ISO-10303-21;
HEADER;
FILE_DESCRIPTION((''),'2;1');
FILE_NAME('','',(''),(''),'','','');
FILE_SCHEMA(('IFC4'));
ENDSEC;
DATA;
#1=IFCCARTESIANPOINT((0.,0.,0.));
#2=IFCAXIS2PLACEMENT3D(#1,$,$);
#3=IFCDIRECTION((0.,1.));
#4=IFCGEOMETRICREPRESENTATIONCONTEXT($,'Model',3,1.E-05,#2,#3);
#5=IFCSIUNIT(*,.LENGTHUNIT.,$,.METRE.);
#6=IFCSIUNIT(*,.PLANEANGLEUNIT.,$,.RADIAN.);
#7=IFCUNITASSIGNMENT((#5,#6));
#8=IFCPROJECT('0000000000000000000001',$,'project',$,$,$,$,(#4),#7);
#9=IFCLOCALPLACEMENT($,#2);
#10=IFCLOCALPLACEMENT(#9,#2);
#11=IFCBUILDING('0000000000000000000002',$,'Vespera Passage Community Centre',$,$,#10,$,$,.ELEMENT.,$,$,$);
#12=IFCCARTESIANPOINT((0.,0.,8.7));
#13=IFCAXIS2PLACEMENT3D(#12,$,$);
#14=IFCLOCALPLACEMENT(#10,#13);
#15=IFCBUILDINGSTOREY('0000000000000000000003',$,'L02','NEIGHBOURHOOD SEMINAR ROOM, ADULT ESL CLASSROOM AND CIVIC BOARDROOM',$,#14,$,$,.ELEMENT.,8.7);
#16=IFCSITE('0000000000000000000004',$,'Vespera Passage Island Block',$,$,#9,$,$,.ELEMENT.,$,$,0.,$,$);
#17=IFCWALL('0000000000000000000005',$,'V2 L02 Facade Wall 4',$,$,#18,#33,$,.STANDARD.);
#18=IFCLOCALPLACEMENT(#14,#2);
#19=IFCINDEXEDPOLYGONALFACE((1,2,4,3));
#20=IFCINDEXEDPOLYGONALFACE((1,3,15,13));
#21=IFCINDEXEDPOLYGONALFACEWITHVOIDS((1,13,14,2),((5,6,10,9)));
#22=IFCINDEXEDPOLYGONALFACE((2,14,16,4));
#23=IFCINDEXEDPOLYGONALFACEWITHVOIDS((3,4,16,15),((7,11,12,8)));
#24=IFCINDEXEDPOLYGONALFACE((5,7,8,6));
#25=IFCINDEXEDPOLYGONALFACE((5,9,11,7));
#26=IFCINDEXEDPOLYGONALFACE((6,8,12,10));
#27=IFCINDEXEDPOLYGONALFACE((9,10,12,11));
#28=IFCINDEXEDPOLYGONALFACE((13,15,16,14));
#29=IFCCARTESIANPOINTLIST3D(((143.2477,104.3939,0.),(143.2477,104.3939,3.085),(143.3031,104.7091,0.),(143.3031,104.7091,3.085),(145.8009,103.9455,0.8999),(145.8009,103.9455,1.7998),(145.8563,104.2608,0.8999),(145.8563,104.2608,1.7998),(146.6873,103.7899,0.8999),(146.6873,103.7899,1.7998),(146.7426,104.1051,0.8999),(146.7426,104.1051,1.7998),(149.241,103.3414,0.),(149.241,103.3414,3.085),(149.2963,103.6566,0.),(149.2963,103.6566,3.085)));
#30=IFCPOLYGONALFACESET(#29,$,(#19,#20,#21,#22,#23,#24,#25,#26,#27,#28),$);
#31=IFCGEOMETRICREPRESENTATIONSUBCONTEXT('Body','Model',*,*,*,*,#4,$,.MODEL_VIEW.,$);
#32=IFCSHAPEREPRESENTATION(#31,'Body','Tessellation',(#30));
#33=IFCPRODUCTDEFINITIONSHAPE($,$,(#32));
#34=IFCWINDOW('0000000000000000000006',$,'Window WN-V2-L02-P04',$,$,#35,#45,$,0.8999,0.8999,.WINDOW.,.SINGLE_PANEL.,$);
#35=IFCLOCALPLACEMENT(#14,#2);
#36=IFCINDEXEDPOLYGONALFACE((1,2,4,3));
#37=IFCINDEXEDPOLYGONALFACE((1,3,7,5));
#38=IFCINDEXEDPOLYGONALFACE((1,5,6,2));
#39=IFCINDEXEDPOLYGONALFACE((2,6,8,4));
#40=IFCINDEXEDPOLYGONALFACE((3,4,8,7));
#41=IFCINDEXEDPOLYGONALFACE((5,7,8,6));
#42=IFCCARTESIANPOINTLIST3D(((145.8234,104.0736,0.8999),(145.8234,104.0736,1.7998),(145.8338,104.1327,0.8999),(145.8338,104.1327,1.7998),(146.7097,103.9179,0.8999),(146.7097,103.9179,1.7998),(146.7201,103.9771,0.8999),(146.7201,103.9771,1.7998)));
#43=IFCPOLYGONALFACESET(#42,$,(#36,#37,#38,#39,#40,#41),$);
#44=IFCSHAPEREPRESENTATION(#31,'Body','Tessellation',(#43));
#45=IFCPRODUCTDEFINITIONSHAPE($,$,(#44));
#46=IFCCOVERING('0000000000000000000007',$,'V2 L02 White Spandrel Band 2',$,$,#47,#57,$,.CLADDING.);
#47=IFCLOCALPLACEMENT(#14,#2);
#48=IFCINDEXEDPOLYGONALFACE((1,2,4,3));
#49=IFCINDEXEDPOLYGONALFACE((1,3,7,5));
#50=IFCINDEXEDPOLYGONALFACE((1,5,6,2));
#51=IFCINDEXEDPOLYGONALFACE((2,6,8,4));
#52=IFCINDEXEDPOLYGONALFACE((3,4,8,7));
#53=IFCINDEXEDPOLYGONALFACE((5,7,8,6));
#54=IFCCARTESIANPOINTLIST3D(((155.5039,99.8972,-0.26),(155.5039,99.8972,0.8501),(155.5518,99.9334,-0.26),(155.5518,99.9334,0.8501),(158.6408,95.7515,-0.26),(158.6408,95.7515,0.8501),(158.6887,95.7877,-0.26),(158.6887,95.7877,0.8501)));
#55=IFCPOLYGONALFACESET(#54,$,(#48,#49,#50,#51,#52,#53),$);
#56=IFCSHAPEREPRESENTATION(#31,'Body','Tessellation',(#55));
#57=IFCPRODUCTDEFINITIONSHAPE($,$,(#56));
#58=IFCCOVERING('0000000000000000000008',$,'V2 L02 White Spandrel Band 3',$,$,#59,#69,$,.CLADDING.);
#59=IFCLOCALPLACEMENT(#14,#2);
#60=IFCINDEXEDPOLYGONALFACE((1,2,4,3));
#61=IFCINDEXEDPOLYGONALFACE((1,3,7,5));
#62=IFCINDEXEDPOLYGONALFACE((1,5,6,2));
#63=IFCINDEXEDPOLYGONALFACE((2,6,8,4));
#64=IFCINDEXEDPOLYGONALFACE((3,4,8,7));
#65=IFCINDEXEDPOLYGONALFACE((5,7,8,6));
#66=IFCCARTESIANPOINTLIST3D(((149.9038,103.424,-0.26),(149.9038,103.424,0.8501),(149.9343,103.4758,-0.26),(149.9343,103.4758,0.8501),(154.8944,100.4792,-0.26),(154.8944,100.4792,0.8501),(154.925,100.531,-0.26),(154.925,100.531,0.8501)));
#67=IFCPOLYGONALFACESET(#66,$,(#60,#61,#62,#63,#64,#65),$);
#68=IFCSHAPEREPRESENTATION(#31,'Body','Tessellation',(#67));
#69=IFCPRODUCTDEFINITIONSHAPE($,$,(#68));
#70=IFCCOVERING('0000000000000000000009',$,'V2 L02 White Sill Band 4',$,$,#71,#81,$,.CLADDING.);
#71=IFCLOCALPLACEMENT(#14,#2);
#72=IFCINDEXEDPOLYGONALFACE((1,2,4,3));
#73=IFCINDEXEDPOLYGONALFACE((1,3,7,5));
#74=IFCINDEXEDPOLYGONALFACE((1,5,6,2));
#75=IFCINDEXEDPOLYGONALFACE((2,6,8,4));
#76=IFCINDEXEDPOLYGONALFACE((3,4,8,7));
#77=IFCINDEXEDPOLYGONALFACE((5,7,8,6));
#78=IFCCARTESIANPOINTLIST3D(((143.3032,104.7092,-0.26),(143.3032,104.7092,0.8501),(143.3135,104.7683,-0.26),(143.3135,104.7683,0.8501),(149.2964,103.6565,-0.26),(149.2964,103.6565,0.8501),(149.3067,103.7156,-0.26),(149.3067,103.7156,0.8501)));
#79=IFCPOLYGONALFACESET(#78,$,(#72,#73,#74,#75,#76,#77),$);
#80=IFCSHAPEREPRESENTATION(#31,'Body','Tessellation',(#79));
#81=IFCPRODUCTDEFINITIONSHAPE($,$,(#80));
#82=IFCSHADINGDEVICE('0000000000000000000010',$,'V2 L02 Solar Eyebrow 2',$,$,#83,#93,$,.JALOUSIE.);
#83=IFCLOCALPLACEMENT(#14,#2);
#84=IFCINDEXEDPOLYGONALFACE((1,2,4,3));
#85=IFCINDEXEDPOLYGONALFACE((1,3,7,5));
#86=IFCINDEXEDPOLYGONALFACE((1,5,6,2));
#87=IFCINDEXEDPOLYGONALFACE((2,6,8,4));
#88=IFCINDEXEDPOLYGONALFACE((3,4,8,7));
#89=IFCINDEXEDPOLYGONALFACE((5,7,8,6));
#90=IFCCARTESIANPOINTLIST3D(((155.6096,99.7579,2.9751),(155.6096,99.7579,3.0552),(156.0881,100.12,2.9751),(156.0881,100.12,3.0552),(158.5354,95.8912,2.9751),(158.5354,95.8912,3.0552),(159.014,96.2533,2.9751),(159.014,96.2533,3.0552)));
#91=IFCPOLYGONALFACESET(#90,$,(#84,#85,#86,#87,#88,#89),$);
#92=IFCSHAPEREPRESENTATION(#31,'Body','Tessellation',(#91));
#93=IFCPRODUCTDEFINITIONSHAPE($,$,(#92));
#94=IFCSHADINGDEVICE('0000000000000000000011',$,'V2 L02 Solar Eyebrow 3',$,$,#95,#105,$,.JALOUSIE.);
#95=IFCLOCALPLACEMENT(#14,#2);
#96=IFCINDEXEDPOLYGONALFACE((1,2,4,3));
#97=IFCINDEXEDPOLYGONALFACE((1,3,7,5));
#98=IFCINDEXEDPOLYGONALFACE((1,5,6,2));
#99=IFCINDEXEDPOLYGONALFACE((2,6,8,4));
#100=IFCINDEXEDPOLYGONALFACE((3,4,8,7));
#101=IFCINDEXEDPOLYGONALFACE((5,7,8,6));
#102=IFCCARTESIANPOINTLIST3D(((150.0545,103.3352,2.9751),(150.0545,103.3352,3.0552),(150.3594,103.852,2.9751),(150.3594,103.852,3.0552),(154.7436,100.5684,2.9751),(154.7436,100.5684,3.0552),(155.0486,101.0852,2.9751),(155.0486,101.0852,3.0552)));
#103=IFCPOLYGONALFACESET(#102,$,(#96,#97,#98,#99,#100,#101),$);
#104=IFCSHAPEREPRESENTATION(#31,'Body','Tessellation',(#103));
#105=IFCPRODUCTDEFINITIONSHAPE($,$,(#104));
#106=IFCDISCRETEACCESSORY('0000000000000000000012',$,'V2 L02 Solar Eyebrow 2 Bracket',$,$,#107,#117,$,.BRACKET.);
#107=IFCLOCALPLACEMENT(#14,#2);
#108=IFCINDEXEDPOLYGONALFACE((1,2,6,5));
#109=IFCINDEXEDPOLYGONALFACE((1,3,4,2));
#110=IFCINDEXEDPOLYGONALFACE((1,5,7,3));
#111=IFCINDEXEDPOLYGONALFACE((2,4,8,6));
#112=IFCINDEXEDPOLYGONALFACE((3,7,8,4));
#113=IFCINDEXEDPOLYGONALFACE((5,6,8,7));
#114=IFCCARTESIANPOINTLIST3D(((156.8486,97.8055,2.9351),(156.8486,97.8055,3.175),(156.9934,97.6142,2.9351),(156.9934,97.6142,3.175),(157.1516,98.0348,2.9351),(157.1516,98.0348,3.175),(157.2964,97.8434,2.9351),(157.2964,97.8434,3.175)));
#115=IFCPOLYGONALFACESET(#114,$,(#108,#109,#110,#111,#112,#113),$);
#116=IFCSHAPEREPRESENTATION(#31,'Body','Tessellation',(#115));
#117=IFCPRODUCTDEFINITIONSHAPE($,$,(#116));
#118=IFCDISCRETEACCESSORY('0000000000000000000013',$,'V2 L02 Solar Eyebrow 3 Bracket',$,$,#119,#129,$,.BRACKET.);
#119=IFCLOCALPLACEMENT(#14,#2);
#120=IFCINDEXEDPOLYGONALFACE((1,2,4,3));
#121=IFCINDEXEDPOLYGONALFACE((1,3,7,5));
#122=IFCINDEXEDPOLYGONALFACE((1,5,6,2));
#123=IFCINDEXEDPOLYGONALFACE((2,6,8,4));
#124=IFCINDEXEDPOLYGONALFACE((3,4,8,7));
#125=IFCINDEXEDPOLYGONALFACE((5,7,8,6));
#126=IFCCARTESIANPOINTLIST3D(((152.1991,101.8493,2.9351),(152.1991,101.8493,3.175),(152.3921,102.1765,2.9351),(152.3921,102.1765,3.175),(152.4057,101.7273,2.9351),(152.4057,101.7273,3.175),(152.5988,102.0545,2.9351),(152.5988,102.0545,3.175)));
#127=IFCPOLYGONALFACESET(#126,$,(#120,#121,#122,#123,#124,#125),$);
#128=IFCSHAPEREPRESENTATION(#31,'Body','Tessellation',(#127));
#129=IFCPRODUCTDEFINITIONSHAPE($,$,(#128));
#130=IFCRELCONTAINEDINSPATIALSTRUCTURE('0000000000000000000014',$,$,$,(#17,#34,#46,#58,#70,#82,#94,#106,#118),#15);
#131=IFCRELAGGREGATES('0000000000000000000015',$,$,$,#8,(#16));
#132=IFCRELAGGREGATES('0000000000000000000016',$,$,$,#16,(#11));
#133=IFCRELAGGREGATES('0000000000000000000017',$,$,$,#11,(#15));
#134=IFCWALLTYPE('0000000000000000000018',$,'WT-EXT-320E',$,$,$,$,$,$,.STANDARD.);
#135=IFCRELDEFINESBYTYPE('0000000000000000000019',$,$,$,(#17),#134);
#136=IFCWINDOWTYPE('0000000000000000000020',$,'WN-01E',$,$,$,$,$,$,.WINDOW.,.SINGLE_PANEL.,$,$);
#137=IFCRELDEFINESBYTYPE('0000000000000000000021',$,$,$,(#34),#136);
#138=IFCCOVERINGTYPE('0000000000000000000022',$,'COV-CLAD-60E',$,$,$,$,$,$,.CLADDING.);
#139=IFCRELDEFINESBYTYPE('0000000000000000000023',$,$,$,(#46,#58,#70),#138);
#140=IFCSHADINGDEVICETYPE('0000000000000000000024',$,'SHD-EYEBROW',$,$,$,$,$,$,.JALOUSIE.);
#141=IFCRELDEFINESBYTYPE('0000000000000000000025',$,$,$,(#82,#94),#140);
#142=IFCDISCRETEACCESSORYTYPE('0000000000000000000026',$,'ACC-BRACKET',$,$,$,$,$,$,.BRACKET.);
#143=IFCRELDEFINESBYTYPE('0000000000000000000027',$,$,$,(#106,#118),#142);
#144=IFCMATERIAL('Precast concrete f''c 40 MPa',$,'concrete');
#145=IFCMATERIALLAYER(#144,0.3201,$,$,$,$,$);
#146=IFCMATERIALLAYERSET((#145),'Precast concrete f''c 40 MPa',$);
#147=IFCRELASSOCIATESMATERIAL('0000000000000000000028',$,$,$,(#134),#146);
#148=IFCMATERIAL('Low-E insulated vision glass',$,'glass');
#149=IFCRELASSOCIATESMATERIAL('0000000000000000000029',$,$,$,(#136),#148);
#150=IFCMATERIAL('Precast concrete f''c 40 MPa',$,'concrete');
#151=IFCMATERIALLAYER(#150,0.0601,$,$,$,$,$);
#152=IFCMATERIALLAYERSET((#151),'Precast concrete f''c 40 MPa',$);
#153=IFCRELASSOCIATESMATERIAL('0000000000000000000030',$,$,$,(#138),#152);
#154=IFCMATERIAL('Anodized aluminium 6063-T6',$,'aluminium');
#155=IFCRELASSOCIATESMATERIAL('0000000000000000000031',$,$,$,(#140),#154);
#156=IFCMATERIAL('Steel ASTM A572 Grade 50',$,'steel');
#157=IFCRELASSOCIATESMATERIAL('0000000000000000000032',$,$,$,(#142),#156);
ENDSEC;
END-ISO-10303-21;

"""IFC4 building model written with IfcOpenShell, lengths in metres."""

from ifc_helpers import new_model, si_unit, direction, frame, frame_2d, origin, origin_2d, place, context, subcontext, project, spatial, rectangle, extrude, material, layer, layer_set, type_object, element, fill, save


model = new_model("IFC4")

# Units and contexts
model_context = context("Model", 3, precision=1e-05, world=origin(), true_north=direction((0.0, 1.0)))
body_context = subcontext(model_context, "Body", "Model", "MODEL_VIEW")
ifc_project = project(units=[si_unit("LENGTHUNIT", "METRE"), si_unit("PLANEANGLEUNIT", "RADIAN")], contexts=[model_context])

# Site, building, storey
site_placement = place(None, origin())
site = spatial("IfcSite", under=ifc_project, at=site_placement, Name="Vespera Passage Island Block", CompositionType="ELEMENT", RefElevation=0.0)
building_placement = place(site_placement, origin())
building = spatial("IfcBuilding", under=site, at=building_placement, Name="Vespera Passage Community Centre", CompositionType="ELEMENT")
storey_placement = place(building_placement, frame((0.0, 0.0, 8.7)))
storey = spatial("IfcBuildingStorey", under=building, at=storey_placement, Name="L02", Description="NEIGHBOURHOOD SEMINAR ROOM, ADULT ESL CLASSROOM AND CIVIC BOARDROOM", CompositionType="ELEMENT", Elevation=8.7)

# Shared definitions
ifc_material_1 = material(Name="Precast concrete f'c 40 MPa", Category="concrete")
ifc_layer_1 = layer(ifc_material_1, 0.3201)
ifc_layer_set_1 = layer_set([ifc_layer_1], Name="Precast concrete f'c 40 MPa")
wall_type_1 = type_object("IfcWallType", Name="WT-EXT-320E", PredefinedType="STANDARD", material=ifc_layer_set_1)

# Wall, opening, window
wall_1_placement = place(storey_placement, frame((143.2754, 104.5515, 0.0), z_axis=(0.0, 0.0, 1.0), x_axis=(0.984927, -0.172968, 0.0)))
wall_1 = element("IfcWall", 1, at=wall_1_placement, inside=storey, type_object=wall_type_1, Name="V2 L02 Facade Wall 4", PredefinedType="STANDARD", context=body_context, shape_type="SweptSolid", body=[
    extrude(rectangle(XDim=6.085, YDim=0.3201, at=frame_2d((3.0425, 0.0))), origin(), (0.0, 0.0, 1.0), 3.085),
])
opening_placement = place(wall_1_placement, frame((2.5923, 0.0, 0.8999)))
opening = element("IfcOpeningElement", 2, at=opening_placement, cuts=wall_1, PredefinedType="OPENING", context=body_context, shape_type="SweptSolid", body=[
    extrude(rectangle(XDim=0.8999, YDim=0.8999, at=frame_2d((0.45, 0.45))), frame((0.0, 0.1702, 0.0), z_axis=(0.0, -1.0, 0.0), x_axis=(1.0, 0.0, 0.0)), (0.0, 0.0, 1.0), 0.3401),
])
ifc_material_2 = material(Name="Low-E insulated vision glass", Category="glass")
window_type = type_object("IfcWindowType", Name="WN-01E", PartitioningType="SINGLE_PANEL", PredefinedType="WINDOW", material=ifc_material_2)
window_placement = place(opening_placement, origin())
window = element("IfcWindow", 3, at=window_placement, inside=storey, type_object=window_type, Name="Window WN-V2-L02-P04", OverallHeight=0.8999, OverallWidth=0.8999, PartitioningType="SINGLE_PANEL", PredefinedType="WINDOW", context=body_context, shape_type="SweptSolid", body=[
    extrude(rectangle(XDim=0.8999, YDim=0.8999, at=frame_2d((0.45, 0.45))), frame((0.0, 0.03, 0.0), z_axis=(0.0, -1.0, 0.0), x_axis=(1.0, 0.0, 0.0)), (0.0, 0.0, 1.0), 0.0601),
])
fill(opening, window)

# Coverings
ifc_material_3 = material(Name="Precast concrete f'c 40 MPa", Category="concrete")
ifc_layer_2 = layer(ifc_material_3, 0.0601)
ifc_layer_set_2 = layer_set([ifc_layer_2], Name="Precast concrete f'c 40 MPa")
covering_type = type_object("IfcCoveringType", Name="COV-CLAD-60E", PredefinedType="CLADDING", material=ifc_layer_set_2)
covering_1_placement = place(storey_placement, frame((155.5278, 99.9153, -0.26), z_axis=(0.0, 0.0, 1.0), x_axis=(0.603398, -0.79744, 0.0)))
element("IfcCovering", 4, at=covering_1_placement, inside=storey, type_object=covering_type, Name="V2 L02 White Spandrel Band 2", PredefinedType="CLADDING", context=body_context, shape_type="SweptSolid", body=[
    extrude(rectangle(XDim=5.1987, YDim=0.0601, at=frame_2d((2.5994, 0.0))), origin(), (0.0, 0.0, 1.0), 1.1101),
])
covering_2_placement = place(storey_placement, frame((149.9189, 103.45, -0.26), z_axis=(0.0, 0.0, 1.0), x_axis=(0.861247, -0.508187, 0.0)))
element("IfcCovering", 5, at=covering_2_placement, inside=storey, type_object=covering_type, Name="V2 L02 White Spandrel Band 3", PredefinedType="CLADDING", context=body_context, shape_type="SweptSolid", body=[
    extrude(rectangle(XDim=5.7947, YDim=0.0601, at=frame_2d((2.8975, 0.0))), origin(), (0.0, 0.0, 1.0), 1.1101),
])
covering_3_placement = place(storey_placement, frame((143.3083, 104.7388, -0.26), z_axis=(0.0, 0.0, 1.0), x_axis=(0.984921, -0.173007, 0.0)))
element("IfcCovering", 6, at=covering_3_placement, inside=storey, type_object=covering_type, Name="V2 L02 White Sill Band 4", PredefinedType="CLADDING", context=body_context, shape_type="SweptSolid", body=[
    extrude(rectangle(XDim=6.085, YDim=0.0601, at=frame_2d((3.0425, 0.0))), origin(), (0.0, 0.0, 1.0), 1.1101),
])

# Shading devices
ifc_material_4 = material(Name="Anodized aluminium 6063-T6", Category="aluminium")
shading_device_type = type_object("IfcShadingDeviceType", Name="SHD-EYEBROW", PredefinedType="JALOUSIE", material=ifc_material_4)
shading_device_1_placement = place(storey_placement, frame((157.3118, 98.0056, 2.9751), z_axis=(0.0, 0.0, 1.0), x_axis=(0.603403, -0.797437, 0.0)))
element("IfcShadingDevice", 7, at=shading_device_1_placement, inside=storey, type_object=shading_device_type, Name="V2 L02 Solar Eyebrow 2", PredefinedType="JALOUSIE", context=body_context, shape_type="SweptSolid", body=[
    extrude(rectangle(XDim=4.8489, YDim=0.6001, at=origin_2d()), origin(), (0.0, 0.0, 1.0), 0.0801),
])
shading_device_2_placement = place(storey_placement, frame((152.5515, 102.2102, 2.9751), z_axis=(0.0, 0.0, 1.0), x_axis=(0.861248, -0.508185, 0.0)))
element("IfcShadingDevice", 8, at=shading_device_2_placement, inside=storey, type_object=shading_device_type, Name="V2 L02 Solar Eyebrow 3", PredefinedType="JALOUSIE", context=body_context, shape_type="SweptSolid", body=[
    extrude(rectangle(XDim=5.4446, YDim=0.6001, at=origin_2d()), origin(), (0.0, 0.0, 1.0), 0.0801),
])

# Discrete accessories
ifc_material_5 = material(Name="Steel ASTM A572 Grade 50", Category="steel")
discrete_accessory_type = type_object("IfcDiscreteAccessoryType", Name="ACC-BRACKET", PredefinedType="BRACKET", material=ifc_material_5)
for number, where, z_axis, x_axis, name in (
    (9, (157.0725, 97.8245, 2.9351), (0.0, 0.0, 1.0), (0.603403, -0.797437, 0.0), "V2 L02 Solar Eyebrow 2 Bracket"),
    (10, (152.3989, 101.9519, 2.9351), (0.0, 0.0, 1.0), (0.861248, -0.508185, 0.0), "V2 L02 Solar Eyebrow 3 Bracket"),
):
    element("IfcDiscreteAccessory", number, at=place(storey_placement, frame(where, z_axis=z_axis, x_axis=x_axis)), inside=storey, type_object=discrete_accessory_type, Name=name, PredefinedType="BRACKET", context=body_context, shape_type="SweptSolid", body=[
        extrude(rectangle(XDim=0.24, YDim=0.3799, at=origin_2d()), origin(), (0.0, 0.0, 1.0), 0.24),
    ])

save(model, "model.ifc")
